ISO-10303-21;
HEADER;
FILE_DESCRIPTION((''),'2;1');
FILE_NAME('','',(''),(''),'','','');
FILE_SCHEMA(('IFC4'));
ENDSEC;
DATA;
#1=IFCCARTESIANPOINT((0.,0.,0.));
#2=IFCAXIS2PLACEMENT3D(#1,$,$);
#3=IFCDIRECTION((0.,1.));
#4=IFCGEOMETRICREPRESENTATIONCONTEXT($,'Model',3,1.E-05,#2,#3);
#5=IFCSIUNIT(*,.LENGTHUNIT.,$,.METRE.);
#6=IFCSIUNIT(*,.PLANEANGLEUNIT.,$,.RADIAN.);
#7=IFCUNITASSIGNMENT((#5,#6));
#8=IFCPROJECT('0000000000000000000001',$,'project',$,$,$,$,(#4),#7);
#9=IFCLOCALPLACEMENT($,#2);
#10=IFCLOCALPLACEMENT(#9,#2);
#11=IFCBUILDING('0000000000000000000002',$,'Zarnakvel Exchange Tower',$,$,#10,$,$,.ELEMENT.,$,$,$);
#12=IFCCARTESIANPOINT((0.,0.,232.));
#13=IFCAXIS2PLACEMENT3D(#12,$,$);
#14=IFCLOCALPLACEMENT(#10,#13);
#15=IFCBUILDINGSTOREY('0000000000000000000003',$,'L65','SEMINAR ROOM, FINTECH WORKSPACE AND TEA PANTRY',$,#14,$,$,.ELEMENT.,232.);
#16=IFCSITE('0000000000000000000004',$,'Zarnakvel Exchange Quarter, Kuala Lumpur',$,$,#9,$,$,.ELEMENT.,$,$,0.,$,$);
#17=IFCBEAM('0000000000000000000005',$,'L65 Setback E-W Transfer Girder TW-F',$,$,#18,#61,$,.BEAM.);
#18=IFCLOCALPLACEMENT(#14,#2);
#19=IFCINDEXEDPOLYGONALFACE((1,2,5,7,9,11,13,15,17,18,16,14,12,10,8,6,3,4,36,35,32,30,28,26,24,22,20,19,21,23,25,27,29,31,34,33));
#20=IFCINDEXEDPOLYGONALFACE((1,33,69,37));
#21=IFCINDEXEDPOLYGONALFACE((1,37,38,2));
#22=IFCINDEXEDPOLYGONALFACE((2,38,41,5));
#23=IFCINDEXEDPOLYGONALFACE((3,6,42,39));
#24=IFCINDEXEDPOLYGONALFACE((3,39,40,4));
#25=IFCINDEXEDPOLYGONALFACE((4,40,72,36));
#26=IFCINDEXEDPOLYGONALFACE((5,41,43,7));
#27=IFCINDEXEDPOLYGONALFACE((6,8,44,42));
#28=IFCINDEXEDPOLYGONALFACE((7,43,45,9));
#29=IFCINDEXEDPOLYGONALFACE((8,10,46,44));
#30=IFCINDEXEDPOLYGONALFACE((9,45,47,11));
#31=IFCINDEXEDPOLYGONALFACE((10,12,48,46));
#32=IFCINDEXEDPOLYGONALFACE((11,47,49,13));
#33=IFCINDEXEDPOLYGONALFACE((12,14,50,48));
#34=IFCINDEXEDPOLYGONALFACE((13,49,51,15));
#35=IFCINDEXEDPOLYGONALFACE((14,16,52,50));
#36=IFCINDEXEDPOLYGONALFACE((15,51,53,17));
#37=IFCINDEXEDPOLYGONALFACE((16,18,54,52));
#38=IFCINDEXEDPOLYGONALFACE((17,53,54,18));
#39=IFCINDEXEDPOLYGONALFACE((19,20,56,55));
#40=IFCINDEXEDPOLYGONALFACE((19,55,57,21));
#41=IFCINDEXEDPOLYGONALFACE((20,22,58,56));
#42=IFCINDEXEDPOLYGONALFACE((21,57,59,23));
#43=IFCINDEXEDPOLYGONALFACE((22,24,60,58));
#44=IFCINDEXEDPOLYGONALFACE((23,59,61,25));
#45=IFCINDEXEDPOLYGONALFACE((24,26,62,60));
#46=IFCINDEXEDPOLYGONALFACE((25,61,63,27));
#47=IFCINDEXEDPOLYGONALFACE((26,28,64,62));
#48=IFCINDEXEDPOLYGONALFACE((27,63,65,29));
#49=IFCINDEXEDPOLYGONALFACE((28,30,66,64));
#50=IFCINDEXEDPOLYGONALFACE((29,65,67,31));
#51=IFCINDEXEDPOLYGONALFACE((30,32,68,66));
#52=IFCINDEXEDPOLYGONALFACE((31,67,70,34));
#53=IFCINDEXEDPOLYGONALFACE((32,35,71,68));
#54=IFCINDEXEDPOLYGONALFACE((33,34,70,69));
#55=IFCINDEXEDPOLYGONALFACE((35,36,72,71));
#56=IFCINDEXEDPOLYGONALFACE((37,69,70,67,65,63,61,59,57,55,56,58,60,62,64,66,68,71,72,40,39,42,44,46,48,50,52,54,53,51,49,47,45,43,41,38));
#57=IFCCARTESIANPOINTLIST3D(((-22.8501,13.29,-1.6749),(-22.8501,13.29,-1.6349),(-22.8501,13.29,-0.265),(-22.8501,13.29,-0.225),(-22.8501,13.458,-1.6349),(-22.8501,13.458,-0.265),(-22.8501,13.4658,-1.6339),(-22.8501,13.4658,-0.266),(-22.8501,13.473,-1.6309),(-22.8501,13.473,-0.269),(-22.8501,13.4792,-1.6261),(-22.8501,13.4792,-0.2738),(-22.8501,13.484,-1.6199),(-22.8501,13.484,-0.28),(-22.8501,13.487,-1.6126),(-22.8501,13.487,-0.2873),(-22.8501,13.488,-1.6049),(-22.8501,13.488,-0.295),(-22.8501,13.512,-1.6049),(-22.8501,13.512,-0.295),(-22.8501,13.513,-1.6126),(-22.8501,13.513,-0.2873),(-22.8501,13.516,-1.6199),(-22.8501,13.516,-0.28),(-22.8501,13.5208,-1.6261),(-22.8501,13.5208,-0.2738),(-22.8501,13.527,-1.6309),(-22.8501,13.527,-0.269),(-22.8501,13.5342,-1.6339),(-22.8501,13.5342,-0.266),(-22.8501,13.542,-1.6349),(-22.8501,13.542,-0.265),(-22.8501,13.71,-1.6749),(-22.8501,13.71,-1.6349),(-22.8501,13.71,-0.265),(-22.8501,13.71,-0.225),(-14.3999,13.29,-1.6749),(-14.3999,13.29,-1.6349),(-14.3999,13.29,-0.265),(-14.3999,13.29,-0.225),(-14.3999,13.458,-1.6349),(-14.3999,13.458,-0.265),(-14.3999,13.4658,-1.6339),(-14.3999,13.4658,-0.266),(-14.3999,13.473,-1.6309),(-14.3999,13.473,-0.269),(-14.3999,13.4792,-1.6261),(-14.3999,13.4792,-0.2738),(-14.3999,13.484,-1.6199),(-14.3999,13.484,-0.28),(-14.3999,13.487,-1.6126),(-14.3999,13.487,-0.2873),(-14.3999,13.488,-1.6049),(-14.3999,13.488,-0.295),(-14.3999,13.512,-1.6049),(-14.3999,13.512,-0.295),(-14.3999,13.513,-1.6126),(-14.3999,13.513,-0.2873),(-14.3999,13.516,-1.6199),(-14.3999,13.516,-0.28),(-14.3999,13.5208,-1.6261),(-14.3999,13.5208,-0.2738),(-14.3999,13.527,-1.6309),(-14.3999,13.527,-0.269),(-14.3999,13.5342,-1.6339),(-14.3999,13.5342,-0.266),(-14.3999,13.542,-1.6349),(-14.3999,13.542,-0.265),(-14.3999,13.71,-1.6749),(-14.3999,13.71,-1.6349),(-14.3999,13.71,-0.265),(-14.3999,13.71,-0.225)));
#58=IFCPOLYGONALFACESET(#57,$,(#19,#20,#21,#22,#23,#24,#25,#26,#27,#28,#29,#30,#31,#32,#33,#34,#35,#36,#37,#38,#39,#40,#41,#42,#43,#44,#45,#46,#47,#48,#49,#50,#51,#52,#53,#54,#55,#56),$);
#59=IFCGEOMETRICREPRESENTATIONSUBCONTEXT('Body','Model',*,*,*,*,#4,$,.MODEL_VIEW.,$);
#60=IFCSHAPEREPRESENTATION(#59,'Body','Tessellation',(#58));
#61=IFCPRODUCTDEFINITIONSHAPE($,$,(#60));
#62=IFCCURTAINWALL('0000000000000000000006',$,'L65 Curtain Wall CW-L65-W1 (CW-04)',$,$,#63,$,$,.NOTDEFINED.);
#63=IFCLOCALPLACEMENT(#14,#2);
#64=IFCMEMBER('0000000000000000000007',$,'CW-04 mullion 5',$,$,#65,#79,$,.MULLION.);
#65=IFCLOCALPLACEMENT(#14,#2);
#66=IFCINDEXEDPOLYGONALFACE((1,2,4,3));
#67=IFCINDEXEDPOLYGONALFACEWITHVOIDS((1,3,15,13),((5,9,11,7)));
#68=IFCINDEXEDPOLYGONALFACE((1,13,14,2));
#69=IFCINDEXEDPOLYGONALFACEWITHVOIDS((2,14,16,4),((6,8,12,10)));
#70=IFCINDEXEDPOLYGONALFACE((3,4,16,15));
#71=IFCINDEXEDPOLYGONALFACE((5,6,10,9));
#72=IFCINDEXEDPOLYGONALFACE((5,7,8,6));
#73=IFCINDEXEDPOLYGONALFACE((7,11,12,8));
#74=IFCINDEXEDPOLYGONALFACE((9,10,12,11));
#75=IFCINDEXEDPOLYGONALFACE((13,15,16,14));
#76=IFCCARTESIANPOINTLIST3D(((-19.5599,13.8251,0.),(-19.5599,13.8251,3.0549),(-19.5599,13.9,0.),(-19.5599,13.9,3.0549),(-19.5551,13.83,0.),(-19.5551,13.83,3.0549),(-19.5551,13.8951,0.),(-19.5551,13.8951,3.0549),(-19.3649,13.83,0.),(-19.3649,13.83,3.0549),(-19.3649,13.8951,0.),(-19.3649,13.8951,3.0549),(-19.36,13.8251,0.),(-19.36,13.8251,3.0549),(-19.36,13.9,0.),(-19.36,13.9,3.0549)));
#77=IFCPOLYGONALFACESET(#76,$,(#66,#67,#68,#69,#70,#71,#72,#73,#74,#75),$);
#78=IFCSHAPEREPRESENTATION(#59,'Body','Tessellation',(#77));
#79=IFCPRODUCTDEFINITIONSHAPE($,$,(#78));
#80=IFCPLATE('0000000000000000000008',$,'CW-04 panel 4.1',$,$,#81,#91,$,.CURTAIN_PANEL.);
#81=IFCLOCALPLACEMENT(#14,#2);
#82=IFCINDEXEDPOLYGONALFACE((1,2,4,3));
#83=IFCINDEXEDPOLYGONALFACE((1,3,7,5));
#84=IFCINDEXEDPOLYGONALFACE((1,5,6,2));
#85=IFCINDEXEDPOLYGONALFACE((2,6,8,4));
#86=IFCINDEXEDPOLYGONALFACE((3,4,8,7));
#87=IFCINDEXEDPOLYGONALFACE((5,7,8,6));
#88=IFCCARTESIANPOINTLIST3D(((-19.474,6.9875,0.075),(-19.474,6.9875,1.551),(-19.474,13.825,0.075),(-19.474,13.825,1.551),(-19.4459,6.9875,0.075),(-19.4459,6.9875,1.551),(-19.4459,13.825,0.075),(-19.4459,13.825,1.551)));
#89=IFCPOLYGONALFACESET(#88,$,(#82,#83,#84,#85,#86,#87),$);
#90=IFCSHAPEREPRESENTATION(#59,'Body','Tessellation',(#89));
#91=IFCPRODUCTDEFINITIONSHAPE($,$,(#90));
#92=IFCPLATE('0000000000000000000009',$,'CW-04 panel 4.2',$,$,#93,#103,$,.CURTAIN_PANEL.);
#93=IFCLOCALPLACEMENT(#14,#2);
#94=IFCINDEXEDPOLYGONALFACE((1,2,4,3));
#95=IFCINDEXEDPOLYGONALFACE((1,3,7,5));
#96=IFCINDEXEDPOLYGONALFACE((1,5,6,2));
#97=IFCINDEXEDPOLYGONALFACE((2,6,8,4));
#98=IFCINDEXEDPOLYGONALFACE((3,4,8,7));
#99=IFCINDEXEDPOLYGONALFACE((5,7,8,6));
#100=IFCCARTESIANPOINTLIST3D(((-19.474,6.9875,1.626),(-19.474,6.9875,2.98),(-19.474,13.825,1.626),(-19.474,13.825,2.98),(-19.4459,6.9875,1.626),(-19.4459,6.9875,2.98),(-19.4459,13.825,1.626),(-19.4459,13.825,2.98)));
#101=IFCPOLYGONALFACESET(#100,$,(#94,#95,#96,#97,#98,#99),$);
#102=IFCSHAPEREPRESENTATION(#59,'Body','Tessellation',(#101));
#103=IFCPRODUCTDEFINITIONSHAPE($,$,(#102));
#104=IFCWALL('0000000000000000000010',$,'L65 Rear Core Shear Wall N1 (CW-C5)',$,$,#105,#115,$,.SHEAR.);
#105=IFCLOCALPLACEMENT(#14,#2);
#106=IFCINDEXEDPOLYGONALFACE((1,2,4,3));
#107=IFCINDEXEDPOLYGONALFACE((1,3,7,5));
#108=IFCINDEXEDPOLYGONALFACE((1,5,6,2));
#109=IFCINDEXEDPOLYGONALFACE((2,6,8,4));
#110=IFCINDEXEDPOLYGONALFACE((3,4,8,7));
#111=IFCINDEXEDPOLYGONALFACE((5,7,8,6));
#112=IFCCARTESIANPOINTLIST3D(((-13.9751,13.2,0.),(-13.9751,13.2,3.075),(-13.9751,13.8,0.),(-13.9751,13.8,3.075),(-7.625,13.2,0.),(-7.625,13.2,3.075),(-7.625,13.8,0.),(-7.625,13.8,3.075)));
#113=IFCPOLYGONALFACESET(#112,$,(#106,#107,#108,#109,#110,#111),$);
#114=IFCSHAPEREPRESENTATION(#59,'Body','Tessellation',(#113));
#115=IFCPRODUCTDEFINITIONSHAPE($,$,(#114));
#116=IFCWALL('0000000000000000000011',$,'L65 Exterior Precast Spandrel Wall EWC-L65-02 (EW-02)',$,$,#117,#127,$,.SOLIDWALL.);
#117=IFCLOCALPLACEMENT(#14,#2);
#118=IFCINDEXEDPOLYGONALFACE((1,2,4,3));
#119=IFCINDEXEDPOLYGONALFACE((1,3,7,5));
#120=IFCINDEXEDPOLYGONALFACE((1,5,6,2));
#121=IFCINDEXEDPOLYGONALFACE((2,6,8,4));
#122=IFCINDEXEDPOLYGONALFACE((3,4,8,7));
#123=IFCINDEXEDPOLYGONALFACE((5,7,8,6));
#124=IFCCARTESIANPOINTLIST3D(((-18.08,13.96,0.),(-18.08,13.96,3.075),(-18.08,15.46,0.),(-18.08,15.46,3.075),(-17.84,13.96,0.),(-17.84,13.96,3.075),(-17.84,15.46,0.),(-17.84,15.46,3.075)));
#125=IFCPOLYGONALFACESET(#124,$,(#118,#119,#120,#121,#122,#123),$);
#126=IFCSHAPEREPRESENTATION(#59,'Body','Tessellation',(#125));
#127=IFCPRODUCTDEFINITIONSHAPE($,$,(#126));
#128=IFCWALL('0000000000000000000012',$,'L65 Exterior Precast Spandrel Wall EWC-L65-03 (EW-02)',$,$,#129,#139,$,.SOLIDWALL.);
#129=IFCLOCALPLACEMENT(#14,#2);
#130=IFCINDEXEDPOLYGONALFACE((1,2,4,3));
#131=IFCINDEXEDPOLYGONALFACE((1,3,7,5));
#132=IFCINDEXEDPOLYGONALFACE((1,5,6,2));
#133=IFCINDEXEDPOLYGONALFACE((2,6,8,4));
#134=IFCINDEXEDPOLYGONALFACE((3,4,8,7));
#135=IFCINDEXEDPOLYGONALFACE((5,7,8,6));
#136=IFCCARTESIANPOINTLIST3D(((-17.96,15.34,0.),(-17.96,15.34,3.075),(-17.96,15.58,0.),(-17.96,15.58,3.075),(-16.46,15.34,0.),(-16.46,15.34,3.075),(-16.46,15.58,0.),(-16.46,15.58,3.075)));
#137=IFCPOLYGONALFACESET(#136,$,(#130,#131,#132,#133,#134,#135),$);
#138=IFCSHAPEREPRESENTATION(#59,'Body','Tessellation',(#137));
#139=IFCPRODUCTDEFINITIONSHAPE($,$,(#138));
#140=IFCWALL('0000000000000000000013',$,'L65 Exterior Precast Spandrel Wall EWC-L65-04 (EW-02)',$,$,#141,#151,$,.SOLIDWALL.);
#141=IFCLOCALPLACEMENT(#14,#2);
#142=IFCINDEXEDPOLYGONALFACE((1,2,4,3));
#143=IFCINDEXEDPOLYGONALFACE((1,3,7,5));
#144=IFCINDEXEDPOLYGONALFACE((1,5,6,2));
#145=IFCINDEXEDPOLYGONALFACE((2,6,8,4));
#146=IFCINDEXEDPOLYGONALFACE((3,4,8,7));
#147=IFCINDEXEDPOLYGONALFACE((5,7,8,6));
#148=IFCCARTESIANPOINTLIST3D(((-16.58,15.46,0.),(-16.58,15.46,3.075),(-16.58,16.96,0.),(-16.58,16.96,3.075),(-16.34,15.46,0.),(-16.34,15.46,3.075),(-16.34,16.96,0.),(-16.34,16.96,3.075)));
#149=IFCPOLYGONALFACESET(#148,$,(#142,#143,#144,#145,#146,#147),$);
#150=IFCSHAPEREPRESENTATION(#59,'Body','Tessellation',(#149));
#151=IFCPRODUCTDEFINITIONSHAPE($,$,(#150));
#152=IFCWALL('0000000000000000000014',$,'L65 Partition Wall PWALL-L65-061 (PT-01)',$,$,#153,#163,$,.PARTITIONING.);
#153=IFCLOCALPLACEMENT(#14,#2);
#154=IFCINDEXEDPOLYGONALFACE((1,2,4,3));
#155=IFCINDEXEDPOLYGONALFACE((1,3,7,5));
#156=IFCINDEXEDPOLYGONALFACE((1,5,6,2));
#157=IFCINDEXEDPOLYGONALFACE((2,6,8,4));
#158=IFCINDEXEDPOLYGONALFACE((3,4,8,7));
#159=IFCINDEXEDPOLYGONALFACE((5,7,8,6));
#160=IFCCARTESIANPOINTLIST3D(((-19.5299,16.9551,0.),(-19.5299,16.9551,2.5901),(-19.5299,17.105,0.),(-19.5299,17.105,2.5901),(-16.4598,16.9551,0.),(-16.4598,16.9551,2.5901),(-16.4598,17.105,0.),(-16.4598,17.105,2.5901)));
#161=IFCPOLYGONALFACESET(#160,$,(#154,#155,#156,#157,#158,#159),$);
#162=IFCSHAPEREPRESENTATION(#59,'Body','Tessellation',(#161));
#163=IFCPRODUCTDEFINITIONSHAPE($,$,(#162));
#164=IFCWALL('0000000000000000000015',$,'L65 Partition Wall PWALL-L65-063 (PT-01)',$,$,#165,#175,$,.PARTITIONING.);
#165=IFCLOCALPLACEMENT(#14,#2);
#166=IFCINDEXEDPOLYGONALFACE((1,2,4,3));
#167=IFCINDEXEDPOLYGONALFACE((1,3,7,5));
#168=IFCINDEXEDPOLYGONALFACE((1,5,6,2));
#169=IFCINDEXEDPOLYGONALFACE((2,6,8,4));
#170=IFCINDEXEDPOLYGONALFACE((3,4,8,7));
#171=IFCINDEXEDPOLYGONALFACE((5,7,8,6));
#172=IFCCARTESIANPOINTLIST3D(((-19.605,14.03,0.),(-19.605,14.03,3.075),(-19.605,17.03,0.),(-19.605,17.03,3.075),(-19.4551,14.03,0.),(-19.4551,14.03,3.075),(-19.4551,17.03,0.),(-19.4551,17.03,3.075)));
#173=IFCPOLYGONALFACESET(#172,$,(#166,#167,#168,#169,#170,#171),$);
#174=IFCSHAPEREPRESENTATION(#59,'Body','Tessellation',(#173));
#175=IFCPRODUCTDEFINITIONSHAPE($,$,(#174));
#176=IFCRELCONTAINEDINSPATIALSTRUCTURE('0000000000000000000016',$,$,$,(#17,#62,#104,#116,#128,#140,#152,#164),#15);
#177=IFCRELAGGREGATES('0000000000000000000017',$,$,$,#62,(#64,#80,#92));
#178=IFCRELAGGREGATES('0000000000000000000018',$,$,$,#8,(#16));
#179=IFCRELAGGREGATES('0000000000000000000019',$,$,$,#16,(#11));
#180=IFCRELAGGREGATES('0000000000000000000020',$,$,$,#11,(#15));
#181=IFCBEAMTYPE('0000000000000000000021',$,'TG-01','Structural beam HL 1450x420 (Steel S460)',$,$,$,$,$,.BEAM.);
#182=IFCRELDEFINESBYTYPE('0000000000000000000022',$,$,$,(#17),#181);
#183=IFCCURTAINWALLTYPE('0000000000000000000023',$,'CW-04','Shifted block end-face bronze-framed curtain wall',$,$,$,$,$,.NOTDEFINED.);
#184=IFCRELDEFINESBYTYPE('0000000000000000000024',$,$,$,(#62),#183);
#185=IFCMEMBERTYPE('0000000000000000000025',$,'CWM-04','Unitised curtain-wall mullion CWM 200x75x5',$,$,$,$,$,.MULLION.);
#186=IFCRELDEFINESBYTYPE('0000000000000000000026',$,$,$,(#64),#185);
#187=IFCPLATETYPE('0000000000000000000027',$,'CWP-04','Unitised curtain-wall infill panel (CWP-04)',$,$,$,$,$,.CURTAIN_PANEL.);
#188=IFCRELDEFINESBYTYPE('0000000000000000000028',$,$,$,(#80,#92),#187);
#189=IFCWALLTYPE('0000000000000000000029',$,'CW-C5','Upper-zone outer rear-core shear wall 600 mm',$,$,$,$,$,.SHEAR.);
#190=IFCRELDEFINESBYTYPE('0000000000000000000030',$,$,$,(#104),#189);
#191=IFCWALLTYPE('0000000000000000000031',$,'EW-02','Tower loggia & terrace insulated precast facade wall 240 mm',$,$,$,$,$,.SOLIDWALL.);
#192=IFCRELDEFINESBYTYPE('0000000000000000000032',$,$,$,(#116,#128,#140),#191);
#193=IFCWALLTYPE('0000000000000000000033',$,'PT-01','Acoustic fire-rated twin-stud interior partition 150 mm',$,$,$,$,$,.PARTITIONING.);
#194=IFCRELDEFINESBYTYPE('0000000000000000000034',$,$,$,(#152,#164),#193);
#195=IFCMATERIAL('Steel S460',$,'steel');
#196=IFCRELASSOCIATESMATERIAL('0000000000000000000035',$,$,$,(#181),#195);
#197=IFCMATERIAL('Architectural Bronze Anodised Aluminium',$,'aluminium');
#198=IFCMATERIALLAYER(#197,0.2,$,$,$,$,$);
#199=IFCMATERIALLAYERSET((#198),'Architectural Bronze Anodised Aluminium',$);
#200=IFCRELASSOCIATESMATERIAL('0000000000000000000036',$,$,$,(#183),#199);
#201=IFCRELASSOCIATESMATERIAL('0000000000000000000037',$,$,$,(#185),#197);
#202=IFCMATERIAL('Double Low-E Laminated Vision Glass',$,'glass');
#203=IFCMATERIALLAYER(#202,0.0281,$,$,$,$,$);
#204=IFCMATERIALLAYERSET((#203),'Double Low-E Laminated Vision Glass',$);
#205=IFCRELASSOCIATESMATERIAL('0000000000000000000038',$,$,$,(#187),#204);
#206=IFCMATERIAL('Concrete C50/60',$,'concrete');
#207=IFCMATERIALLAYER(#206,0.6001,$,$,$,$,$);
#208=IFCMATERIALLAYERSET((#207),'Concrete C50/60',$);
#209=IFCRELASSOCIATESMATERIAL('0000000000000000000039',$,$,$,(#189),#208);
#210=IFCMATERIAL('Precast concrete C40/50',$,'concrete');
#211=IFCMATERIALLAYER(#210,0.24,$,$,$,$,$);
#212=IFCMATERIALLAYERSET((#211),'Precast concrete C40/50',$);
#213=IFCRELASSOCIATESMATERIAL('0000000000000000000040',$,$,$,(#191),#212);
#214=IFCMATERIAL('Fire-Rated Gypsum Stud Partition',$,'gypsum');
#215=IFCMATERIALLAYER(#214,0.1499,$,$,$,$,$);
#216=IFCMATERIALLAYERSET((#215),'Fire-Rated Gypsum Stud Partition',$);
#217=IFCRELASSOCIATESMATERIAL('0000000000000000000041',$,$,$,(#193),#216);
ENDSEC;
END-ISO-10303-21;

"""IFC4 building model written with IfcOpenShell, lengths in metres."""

from ifc_helpers import new_model, si_unit, direction, frame, frame_2d, origin, origin_2d, place, context, subcontext, project, spatial, rectangle, hollow_rectangle, i_section, extrude, source, transform, mapped, material, layer, layer_set, material_profile, profile_set, type_object, element, aggregate, save


model = new_model("IFC4")

# Units and contexts
model_context = context("Model", 3, precision=1e-05, world=origin(), true_north=direction((0.0, 1.0)))
body_context = subcontext(model_context, "Body", "Model", "MODEL_VIEW")
ifc_project = project(units=[si_unit("LENGTHUNIT", "METRE"), si_unit("PLANEANGLEUNIT", "RADIAN")], contexts=[model_context])

# Site, building, storey
site_placement = place(None, origin())
site = spatial("IfcSite", under=ifc_project, at=site_placement, Name="Zarnakvel Exchange Quarter, Kuala Lumpur", CompositionType="ELEMENT", RefElevation=0.0)
building_placement = place(site_placement, origin())
building = spatial("IfcBuilding", under=site, at=building_placement, Name="Zarnakvel Exchange Tower", CompositionType="ELEMENT")
storey_placement = place(building_placement, frame((0.0, 0.0, 232.0)))
storey = spatial("IfcBuildingStorey", under=building, at=storey_placement, Name="L65", Description="SEMINAR ROOM, FINTECH WORKSPACE AND TEA PANTRY", CompositionType="ELEMENT", Elevation=232.0)

# Shared definitions
ifc_material_1 = material(Name="Concrete C50/60", Category="concrete")

# Beam
ifc_material_2 = material(Name="Steel S460", Category="steel")
ifc_material_profile_1 = material_profile(ifc_material_2, i_section(OverallWidth=0.4199, OverallDepth=1.45, WebThickness=0.0239, FlangeThickness=0.04, FilletRadius=0.03, at=origin_2d()))
ifc_profile_set_1 = profile_set([ifc_material_profile_1], Name="Steel S460")
beam_type_1 = type_object("IfcBeamType", Name="TG-01", Description="Structural beam HL 1450x420 (Steel S460)", PredefinedType="BEAM", material=ifc_profile_set_1)
beam_1_placement = place(storey_placement, frame((-22.8501, 13.5, -0.95), z_axis=(1.0, 0.0, 0.0), x_axis=(0.0, 1.0, 0.0)))
element("IfcBeam", 1, at=beam_1_placement, inside=storey, type_object=beam_type_1, Name="L65 Setback E-W Transfer Girder TW-F", PredefinedType="BEAM", context=body_context, shape_type="SweptSolid", body=[
    extrude(i_section(OverallWidth=0.4199, OverallDepth=1.45, WebThickness=0.0239, FlangeThickness=0.04, FilletRadius=0.03, at=origin_2d()), origin(), (0.0, 0.0, 1.0), 8.4502),
])

# Curtain wall, member, plates
ifc_material_3 = material(Name="Architectural Bronze Anodised Aluminium", Category="aluminium")
ifc_layer_1 = layer(ifc_material_3, 0.2)
ifc_layer_set_1 = layer_set([ifc_layer_1], Name="Architectural Bronze Anodised Aluminium")
curtain_wall_type = type_object("IfcCurtainWallType", Name="CW-04", Description="Shifted block end-face bronze-framed curtain wall", PredefinedType="NOTDEFINED", material=ifc_layer_set_1)
curtain_wall_placement = place(storey_placement, origin())
curtain_wall = element("IfcCurtainWall", 2, at=curtain_wall_placement, inside=storey, type_object=curtain_wall_type, Name="L65 Curtain Wall CW-L65-W1 (CW-04)", PredefinedType="NOTDEFINED")
ifc_material_profile_2 = material_profile(ifc_material_3, hollow_rectangle(XDim=0.2, YDim=0.075, WallThickness=0.0049, at=origin_2d()))
ifc_profile_set_2 = profile_set([ifc_material_profile_2], Name="Architectural Bronze Anodised Aluminium")
member_type = type_object("IfcMemberType", Name="CWM-04", Description="Unitised curtain-wall mullion CWM 200x75x5", PredefinedType="MULLION", material=ifc_profile_set_2)
shared_shape_1 = source(origin(), body_context, "Body", "SweptSolid", [
    extrude(hollow_rectangle(XDim=0.2, YDim=0.075, WallThickness=0.0049, at=origin_2d()), origin(), (0.0, 0.0, 1.0), 3.0549),
])
member_placement = place(storey_placement, frame((-19.46, 13.8625, 0.0), z_axis=(0.0, 0.0, 1.0), x_axis=(-1.0, 0.0, 0.0)))
member = element("IfcMember", 3, at=member_placement, type_object=member_type, Name="CW-04 mullion 5", PredefinedType="MULLION", context=body_context, shape_type="MappedRepresentation", body=[
    mapped(shared_shape_1, transform((0.0, 0.0, 0.0), x_axis=(1.0, 0.0, 0.0), y_axis=(0.0, 1.0, 0.0), z_axis=(0.0, 0.0, 1.0), scale=1.0)),
])
ifc_material_4 = material(Name="Double Low-E Laminated Vision Glass", Category="glass")
ifc_layer_2 = layer(ifc_material_4, 0.0281)
ifc_layer_set_2 = layer_set([ifc_layer_2], Name="Double Low-E Laminated Vision Glass")
plate_type = type_object("IfcPlateType", Name="CWP-04", Description="Unitised curtain-wall infill panel (CWP-04)", PredefinedType="CURTAIN_PANEL", material=ifc_layer_set_2)
shared_shape_2 = source(origin(), body_context, "Body", "SweptSolid", [
    extrude(rectangle(XDim=6.8374, YDim=0.0281, at=origin_2d()), origin(), (0.0, 0.0, 1.0), 1.4761),
])
plate_1_placement = place(storey_placement, frame((-19.46, 10.4062, 0.075), z_axis=(0.0, 0.0, 1.0), x_axis=(0.0, 1.0, 0.0)))
plate_1 = element("IfcPlate", 4, at=plate_1_placement, type_object=plate_type, Name="CW-04 panel 4.1", PredefinedType="CURTAIN_PANEL", context=body_context, shape_type="MappedRepresentation", body=[
    mapped(shared_shape_2, transform((0.0, 0.0, 0.0), x_axis=(1.0, 0.0, 0.0), y_axis=(0.0, 1.0, 0.0), z_axis=(0.0, 0.0, 1.0), scale=1.0)),
])
shared_shape_3 = source(origin(), body_context, "Body", "SweptSolid", [
    extrude(rectangle(XDim=6.8374, YDim=0.0281, at=origin_2d()), origin(), (0.0, 0.0, 1.0), 1.354),
])
plate_2_placement = place(storey_placement, frame((-19.46, 10.4062, 1.626), z_axis=(0.0, 0.0, 1.0), x_axis=(0.0, 1.0, 0.0)))
plate_2 = element("IfcPlate", 5, at=plate_2_placement, type_object=plate_type, Name="CW-04 panel 4.2", PredefinedType="CURTAIN_PANEL", context=body_context, shape_type="MappedRepresentation", body=[
    mapped(shared_shape_3, transform((0.0, 0.0, 0.0), x_axis=(1.0, 0.0, 0.0), y_axis=(0.0, 1.0, 0.0), z_axis=(0.0, 0.0, 1.0), scale=1.0)),
])
aggregate(curtain_wall, [member, plate_1, plate_2])

# Walls
ifc_layer_3 = layer(ifc_material_1, 0.6001)
ifc_layer_set_3 = layer_set([ifc_layer_3], Name="Concrete C50/60")
wall_type_1 = type_object("IfcWallType", Name="CW-C5", Description="Upper-zone outer rear-core shear wall 600 mm", PredefinedType="SHEAR", material=ifc_layer_set_3)
wall_1_placement = place(storey_placement, frame((-13.9751, 13.5, 0.0), z_axis=(0.0, 0.0, 1.0), x_axis=(1.0, 0.0, 0.0)))
element("IfcWall", 6, at=wall_1_placement, inside=storey, type_object=wall_type_1, Name="L65 Rear Core Shear Wall N1 (CW-C5)", PredefinedType="SHEAR", context=body_context, shape_type="SweptSolid", body=[
    extrude(rectangle(XDim=6.3501, YDim=0.6001, at=frame_2d((3.175, 0.0))), origin(), (0.0, 0.0, 1.0), 3.075),
])
ifc_material_5 = material(Name="Precast concrete C40/50", Category="concrete")
ifc_layer_4 = layer(ifc_material_5, 0.24)
ifc_layer_set_4 = layer_set([ifc_layer_4], Name="Precast concrete C40/50")
wall_type_2 = type_object("IfcWallType", Name="EW-02", Description="Tower loggia & terrace insulated precast facade wall 240 mm", PredefinedType="SOLIDWALL", material=ifc_layer_set_4)
for number, where, z_axis, x_axis, name in (
    (7, (-17.96, 15.46, 0.0), (0.0, 0.0, 1.0), (0.0, -1.0, 0.0), "L65 Exterior Precast Spandrel Wall EWC-L65-02 (EW-02)"),
    (8, (-16.46, 15.46, 0.0), (0.0, 0.0, 1.0), (-1.0, 0.0, 0.0), "L65 Exterior Precast Spandrel Wall EWC-L65-03 (EW-02)"),
    (9, (-16.46, 16.96, 0.0), (0.0, 0.0, 1.0), (0.0, -1.0, 0.0), "L65 Exterior Precast Spandrel Wall EWC-L65-04 (EW-02)"),
):
    element("IfcWall", number, at=place(storey_placement, frame(where, z_axis=z_axis, x_axis=x_axis)), inside=storey, type_object=wall_type_2, Name=name, PredefinedType="SOLIDWALL", context=body_context, shape_type="SweptSolid", body=[
        extrude(rectangle(XDim=1.5, YDim=0.24, at=frame_2d((0.75, 0.0))), origin(), (0.0, 0.0, 1.0), 3.075),
    ])

# Shared definitions
ifc_material_6 = material(Name="Fire-Rated Gypsum Stud Partition", Category="gypsum")
ifc_layer_5 = layer(ifc_material_6, 0.1499)
ifc_layer_set_5 = layer_set([ifc_layer_5], Name="Fire-Rated Gypsum Stud Partition")
wall_type_3 = type_object("IfcWallType", Name="PT-01", Description="Acoustic fire-rated twin-stud interior partition 150 mm", PredefinedType="PARTITIONING", material=ifc_layer_set_5)

# Walls
wall_2_placement = place(storey_placement, frame((-19.53, 17.03, 0.0), z_axis=(0.0, 0.0, 1.0), x_axis=(1.0, 0.0, 0.0)))
element("IfcWall", 10, at=wall_2_placement, inside=storey, type_object=wall_type_3, Name="L65 Partition Wall PWALL-L65-061 (PT-01)", PredefinedType="PARTITIONING", context=body_context, shape_type="SweptSolid", body=[
    extrude(rectangle(XDim=3.0701, YDim=0.1499, at=frame_2d((1.5352, 0.0))), origin(), (0.0, 0.0, 1.0), 2.5901),
])
wall_3_placement = place(storey_placement, frame((-19.53, 14.03, 0.0), z_axis=(0.0, 0.0, 1.0), x_axis=(0.0, 1.0, 0.0)))
element("IfcWall", 11, at=wall_3_placement, inside=storey, type_object=wall_type_3, Name="L65 Partition Wall PWALL-L65-063 (PT-01)", PredefinedType="PARTITIONING", context=body_context, shape_type="SweptSolid", body=[
    extrude(rectangle(XDim=3.0, YDim=0.1499, at=frame_2d((1.5, 0.0))), origin(), (0.0, 0.0, 1.0), 3.075),
])

save(model, "model.ifc")
